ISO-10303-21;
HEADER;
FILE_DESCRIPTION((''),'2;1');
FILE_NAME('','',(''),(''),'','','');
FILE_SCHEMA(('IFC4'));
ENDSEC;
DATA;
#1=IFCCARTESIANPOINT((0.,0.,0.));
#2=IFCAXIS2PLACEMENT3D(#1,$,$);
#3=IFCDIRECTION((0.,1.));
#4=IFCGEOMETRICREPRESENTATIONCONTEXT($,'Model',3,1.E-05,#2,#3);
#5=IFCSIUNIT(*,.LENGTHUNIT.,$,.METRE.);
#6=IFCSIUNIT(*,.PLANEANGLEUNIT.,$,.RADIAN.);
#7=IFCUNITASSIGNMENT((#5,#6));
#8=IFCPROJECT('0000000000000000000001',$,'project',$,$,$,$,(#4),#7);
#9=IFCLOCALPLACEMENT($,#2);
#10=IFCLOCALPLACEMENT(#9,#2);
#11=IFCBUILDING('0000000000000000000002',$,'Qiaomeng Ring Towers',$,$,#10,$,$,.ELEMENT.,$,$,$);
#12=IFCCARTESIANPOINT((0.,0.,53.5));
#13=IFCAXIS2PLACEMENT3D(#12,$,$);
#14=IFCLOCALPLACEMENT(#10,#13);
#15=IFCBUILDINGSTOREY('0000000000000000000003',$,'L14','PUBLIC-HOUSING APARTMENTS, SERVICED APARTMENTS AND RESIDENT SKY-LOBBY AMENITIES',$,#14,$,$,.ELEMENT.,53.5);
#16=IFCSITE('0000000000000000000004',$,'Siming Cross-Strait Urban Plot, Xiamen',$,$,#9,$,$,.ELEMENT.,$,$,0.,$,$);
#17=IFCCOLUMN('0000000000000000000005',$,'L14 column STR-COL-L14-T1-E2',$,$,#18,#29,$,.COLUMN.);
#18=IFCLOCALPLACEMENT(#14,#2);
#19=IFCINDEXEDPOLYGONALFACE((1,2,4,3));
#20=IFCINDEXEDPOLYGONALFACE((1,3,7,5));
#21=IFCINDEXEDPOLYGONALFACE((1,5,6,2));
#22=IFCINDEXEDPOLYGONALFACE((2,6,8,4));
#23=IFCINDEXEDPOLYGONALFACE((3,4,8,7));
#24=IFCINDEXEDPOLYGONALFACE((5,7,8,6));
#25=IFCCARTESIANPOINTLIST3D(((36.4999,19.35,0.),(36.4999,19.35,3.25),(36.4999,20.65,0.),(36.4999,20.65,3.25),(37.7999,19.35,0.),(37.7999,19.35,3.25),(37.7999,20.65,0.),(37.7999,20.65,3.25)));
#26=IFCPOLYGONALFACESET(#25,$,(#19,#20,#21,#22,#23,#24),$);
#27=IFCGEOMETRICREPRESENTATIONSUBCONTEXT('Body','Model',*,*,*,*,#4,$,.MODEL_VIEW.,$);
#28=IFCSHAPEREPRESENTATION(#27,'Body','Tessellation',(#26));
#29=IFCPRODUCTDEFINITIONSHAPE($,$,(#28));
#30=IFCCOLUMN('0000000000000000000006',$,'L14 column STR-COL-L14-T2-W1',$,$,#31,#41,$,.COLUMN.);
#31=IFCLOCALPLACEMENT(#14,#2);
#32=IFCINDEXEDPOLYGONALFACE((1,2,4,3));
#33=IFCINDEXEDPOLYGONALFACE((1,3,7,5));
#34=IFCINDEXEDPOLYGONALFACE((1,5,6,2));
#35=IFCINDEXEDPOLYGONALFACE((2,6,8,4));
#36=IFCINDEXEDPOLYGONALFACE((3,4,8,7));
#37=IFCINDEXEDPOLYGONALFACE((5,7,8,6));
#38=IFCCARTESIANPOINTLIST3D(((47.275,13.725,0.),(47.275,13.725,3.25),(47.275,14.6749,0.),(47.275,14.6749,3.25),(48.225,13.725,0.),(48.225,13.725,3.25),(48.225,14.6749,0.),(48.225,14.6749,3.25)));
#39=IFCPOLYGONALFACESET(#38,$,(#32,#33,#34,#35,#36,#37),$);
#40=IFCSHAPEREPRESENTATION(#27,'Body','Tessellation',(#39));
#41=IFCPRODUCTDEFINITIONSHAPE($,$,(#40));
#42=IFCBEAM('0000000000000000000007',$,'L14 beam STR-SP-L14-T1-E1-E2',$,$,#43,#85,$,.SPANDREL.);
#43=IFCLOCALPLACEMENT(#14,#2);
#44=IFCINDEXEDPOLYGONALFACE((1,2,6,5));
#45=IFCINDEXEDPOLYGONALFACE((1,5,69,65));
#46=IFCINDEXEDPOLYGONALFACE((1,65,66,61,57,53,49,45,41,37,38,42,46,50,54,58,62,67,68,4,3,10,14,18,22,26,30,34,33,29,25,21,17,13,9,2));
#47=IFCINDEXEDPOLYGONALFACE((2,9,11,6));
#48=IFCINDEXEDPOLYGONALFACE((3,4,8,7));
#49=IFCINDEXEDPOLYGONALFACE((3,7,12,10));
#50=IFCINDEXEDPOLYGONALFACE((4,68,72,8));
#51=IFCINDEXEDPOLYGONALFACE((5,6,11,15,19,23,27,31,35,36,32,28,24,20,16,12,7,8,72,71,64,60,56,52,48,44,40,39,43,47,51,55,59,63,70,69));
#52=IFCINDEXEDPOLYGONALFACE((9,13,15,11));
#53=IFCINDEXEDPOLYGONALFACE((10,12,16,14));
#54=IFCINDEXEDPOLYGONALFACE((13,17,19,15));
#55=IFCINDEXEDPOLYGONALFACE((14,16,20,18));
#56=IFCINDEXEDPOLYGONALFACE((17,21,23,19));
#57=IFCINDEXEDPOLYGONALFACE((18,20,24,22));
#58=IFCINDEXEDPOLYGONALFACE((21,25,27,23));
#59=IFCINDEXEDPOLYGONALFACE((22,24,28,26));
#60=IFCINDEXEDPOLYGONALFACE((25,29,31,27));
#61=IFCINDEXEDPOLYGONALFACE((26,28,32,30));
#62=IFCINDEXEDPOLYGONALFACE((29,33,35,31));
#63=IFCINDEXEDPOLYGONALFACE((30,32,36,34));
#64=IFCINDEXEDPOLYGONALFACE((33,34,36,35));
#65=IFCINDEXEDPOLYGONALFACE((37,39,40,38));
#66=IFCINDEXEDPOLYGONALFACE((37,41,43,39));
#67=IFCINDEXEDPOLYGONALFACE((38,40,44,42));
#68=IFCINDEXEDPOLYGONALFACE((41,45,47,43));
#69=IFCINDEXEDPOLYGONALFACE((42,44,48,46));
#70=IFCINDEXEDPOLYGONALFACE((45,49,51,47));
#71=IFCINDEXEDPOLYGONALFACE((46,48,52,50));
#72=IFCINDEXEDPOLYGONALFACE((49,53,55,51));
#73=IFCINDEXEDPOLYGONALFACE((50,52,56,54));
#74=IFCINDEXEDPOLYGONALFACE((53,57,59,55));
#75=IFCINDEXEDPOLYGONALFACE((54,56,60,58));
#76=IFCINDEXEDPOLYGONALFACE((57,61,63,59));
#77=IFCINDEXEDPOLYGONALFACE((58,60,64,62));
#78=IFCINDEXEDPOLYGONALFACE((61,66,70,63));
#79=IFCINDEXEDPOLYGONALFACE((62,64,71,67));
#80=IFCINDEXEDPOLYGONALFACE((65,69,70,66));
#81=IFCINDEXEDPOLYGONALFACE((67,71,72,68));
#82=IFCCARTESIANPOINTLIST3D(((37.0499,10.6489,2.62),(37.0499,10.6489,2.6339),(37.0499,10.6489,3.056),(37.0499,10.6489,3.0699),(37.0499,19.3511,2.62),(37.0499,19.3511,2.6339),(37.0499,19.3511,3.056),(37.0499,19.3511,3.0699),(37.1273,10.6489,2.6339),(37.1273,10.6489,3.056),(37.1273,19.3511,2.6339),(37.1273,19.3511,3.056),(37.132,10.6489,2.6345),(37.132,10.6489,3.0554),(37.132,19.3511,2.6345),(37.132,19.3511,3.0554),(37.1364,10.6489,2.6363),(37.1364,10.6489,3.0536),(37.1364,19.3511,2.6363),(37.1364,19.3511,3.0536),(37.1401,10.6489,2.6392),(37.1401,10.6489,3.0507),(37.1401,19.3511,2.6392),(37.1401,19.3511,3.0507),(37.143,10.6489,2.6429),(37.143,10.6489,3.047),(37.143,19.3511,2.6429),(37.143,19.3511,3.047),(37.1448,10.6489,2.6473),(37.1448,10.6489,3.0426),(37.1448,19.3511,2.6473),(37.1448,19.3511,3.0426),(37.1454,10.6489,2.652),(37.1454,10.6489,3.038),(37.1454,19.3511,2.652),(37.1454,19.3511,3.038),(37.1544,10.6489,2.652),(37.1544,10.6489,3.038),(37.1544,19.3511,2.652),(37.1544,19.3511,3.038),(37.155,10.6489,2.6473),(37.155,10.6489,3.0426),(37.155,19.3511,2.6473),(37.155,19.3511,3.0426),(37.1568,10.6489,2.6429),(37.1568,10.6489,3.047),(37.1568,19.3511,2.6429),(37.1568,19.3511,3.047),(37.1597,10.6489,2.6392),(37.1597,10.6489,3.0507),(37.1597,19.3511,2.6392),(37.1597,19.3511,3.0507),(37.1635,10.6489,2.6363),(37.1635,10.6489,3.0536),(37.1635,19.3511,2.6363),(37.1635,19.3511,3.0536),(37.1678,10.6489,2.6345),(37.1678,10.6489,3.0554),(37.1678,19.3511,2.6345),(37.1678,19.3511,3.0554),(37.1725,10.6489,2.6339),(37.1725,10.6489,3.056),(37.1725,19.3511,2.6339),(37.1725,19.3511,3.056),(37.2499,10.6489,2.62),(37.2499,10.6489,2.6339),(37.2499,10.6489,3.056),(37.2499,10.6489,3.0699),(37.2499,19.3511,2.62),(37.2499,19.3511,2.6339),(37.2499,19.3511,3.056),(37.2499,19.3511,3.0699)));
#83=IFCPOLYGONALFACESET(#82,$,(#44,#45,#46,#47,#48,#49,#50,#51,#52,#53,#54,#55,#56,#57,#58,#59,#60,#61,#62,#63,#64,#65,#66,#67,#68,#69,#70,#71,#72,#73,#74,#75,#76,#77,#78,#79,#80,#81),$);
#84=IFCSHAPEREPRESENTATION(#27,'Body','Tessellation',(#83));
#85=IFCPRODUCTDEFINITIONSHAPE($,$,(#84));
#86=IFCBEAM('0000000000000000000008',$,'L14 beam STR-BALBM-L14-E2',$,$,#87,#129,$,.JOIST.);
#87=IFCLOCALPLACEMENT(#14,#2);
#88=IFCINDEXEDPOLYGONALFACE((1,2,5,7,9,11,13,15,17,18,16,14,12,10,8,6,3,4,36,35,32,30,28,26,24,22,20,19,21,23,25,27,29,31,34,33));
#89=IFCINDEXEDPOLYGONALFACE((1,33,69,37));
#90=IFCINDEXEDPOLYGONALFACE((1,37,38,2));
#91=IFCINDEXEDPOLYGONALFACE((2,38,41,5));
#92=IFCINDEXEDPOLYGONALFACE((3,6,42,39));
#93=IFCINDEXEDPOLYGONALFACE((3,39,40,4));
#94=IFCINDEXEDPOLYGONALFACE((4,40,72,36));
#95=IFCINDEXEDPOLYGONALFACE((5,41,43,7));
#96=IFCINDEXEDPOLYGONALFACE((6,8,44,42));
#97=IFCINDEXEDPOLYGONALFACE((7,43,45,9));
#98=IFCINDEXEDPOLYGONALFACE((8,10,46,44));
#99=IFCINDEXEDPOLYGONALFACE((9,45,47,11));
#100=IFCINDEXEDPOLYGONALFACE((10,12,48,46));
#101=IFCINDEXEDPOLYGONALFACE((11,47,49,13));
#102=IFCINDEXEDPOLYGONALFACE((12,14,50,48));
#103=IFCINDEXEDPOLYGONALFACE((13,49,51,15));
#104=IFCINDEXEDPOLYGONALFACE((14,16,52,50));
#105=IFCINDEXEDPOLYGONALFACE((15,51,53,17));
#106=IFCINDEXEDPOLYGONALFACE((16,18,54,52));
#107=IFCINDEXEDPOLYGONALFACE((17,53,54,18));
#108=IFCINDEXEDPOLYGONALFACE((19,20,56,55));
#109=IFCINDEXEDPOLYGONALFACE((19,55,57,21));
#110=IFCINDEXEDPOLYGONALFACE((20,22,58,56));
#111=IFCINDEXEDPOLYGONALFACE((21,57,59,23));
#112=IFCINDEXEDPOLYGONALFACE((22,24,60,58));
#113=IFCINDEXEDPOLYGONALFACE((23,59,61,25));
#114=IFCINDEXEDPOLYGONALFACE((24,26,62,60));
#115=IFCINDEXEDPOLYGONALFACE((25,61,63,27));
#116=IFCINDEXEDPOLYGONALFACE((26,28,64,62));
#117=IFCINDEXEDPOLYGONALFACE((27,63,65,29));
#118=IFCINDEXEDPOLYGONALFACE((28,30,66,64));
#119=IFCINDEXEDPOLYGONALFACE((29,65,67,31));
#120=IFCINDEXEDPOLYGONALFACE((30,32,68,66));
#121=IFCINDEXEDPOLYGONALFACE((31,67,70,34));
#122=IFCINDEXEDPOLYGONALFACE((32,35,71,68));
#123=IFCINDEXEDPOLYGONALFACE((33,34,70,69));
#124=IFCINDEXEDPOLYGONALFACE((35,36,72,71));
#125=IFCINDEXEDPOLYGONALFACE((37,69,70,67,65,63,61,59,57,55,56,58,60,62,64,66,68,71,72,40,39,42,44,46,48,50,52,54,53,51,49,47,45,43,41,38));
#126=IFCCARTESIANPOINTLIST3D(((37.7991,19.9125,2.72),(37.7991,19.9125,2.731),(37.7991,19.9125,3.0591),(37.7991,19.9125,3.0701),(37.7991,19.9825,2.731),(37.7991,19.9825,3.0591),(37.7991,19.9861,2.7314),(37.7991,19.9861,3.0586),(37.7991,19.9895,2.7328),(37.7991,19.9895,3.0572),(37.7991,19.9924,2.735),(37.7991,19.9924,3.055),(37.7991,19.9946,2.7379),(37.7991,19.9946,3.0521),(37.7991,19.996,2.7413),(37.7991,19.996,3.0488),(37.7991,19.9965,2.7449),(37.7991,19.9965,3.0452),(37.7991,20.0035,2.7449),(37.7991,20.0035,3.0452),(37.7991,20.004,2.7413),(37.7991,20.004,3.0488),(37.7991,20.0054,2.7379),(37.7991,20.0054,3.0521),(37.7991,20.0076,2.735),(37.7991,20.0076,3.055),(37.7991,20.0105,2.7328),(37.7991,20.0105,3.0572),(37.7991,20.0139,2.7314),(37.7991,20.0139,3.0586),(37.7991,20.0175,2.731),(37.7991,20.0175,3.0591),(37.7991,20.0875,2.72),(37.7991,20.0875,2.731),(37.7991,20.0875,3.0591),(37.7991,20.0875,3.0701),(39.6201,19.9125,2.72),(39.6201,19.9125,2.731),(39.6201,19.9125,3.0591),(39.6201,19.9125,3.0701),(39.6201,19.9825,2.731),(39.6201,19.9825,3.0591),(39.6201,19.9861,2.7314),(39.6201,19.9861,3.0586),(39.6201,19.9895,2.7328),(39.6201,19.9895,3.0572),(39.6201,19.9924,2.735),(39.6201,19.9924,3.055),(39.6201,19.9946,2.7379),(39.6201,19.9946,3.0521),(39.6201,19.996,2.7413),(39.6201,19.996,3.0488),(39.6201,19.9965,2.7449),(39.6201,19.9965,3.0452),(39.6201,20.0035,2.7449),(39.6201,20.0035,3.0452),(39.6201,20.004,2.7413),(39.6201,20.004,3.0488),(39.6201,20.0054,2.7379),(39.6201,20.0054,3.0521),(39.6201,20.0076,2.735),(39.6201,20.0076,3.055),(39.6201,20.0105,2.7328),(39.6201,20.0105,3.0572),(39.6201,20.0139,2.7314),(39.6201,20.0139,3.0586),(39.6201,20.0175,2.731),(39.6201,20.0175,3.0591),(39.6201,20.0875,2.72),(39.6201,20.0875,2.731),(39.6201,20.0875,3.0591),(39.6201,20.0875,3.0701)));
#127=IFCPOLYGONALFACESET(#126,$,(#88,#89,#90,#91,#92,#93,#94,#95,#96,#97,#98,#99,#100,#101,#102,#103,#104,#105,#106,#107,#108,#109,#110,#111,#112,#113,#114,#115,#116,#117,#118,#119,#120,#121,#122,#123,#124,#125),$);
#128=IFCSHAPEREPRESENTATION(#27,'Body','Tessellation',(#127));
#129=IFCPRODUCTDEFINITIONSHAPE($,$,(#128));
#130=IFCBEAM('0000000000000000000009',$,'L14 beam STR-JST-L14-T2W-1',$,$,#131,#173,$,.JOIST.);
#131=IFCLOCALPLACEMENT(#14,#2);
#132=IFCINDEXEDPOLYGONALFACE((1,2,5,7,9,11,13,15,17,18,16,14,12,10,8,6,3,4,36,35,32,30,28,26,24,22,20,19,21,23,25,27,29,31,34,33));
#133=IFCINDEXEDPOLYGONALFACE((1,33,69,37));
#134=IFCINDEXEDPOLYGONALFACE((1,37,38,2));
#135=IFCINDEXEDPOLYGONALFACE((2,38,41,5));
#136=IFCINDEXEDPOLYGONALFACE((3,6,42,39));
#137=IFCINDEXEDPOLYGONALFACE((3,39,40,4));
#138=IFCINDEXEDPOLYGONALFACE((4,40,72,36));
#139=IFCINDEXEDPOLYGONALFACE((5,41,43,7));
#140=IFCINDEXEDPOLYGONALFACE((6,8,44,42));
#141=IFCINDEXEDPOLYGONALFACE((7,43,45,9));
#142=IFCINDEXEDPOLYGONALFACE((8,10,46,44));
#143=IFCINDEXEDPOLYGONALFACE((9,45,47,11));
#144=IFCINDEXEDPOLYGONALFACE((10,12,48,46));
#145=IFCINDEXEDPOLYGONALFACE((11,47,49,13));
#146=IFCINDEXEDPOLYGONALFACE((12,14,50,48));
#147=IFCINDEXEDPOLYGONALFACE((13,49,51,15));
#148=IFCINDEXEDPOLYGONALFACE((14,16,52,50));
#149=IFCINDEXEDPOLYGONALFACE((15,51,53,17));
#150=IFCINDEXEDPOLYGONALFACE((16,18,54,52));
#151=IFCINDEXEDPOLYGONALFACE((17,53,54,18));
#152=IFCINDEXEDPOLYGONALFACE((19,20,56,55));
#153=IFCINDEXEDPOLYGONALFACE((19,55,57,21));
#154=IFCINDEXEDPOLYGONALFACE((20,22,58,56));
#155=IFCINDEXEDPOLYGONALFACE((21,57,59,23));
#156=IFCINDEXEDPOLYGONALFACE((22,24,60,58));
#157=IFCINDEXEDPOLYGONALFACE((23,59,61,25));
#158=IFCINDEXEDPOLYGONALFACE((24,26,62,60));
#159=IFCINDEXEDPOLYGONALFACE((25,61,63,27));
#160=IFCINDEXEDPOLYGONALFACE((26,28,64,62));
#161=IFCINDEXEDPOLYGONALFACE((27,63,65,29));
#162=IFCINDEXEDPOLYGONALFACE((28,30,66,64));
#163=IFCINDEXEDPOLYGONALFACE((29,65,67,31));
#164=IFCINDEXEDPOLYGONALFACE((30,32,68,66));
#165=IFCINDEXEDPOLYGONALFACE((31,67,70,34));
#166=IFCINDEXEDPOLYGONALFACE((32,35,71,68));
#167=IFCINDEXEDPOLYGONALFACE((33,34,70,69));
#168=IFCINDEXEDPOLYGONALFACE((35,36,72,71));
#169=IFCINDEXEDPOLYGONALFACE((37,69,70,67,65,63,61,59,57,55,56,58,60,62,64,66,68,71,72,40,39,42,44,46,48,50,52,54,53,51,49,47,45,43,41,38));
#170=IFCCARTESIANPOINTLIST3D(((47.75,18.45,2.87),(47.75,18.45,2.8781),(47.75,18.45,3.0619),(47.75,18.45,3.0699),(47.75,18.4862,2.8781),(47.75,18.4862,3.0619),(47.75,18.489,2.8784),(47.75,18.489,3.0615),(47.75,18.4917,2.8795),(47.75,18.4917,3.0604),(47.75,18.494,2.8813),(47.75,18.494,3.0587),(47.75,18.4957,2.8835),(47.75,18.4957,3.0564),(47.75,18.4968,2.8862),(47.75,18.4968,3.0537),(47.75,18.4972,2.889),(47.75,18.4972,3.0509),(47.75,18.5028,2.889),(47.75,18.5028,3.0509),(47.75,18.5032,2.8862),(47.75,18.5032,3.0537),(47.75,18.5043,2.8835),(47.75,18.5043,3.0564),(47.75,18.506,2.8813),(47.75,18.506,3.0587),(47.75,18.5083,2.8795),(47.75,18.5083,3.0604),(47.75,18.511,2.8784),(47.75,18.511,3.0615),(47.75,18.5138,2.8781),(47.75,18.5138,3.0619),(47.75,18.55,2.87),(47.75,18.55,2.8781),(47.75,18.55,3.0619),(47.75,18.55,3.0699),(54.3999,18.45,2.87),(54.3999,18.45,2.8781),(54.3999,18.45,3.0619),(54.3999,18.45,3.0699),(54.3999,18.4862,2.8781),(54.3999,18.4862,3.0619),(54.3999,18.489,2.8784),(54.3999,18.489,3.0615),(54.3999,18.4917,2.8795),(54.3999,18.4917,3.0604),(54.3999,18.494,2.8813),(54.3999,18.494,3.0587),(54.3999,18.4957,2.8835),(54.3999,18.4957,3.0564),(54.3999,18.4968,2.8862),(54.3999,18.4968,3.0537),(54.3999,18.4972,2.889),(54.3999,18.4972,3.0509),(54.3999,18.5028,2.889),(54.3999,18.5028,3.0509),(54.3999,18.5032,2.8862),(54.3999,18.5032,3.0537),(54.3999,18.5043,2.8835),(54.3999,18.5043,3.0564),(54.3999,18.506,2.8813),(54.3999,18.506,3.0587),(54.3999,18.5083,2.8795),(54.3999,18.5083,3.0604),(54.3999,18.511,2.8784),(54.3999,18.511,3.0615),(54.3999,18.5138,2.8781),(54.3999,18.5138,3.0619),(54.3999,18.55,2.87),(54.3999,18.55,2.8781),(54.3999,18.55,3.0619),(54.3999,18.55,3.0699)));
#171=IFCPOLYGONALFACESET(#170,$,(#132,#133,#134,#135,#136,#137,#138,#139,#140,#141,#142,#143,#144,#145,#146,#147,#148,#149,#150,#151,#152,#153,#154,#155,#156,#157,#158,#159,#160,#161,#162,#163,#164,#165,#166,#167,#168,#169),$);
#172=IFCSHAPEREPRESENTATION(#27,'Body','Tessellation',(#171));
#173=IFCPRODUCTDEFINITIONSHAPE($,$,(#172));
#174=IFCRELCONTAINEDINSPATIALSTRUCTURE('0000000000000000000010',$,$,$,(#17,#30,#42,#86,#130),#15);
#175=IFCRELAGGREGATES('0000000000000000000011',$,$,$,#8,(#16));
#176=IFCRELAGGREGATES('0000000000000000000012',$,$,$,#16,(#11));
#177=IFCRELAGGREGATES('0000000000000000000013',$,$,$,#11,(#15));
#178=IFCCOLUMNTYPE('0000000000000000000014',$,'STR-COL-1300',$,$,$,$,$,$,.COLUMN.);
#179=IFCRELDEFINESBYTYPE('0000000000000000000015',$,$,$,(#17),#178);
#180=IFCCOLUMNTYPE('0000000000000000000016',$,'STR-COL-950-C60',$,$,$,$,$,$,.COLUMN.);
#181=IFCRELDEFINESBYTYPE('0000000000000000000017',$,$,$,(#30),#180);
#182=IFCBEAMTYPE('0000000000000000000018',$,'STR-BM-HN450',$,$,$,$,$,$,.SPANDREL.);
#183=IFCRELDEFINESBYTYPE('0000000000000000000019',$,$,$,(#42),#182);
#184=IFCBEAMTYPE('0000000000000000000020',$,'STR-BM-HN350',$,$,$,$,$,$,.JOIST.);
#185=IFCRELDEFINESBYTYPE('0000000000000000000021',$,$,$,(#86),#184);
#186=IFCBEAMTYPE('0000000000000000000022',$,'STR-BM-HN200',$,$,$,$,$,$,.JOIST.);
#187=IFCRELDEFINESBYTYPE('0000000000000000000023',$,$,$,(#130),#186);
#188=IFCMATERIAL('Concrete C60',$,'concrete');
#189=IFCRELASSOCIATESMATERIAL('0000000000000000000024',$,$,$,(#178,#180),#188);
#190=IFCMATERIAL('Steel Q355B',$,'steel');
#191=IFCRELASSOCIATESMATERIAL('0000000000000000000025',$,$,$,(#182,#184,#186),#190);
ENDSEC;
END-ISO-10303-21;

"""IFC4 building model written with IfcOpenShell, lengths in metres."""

from ifc_helpers import new_model, si_unit, direction, frame, origin, origin_2d, place, context, subcontext, project, spatial, rectangle, i_section, extrude, source, transform, mapped, material, material_profile, profile_set, type_object, element, save


model = new_model("IFC4")

# Units and contexts
model_context = context("Model", 3, precision=1e-05, world=origin(), true_north=direction((0.0, 1.0)))
body_context = subcontext(model_context, "Body", "Model", "MODEL_VIEW")
ifc_project = project(units=[si_unit("LENGTHUNIT", "METRE"), si_unit("PLANEANGLEUNIT", "RADIAN")], contexts=[model_context])

# Site, building, storey
site_placement = place(None, origin())
site = spatial("IfcSite", under=ifc_project, at=site_placement, Name="Siming Cross-Strait Urban Plot, Xiamen", CompositionType="ELEMENT", RefElevation=0.0)
building_placement = place(site_placement, origin())
building = spatial("IfcBuilding", under=site, at=building_placement, Name="Qiaomeng Ring Towers", CompositionType="ELEMENT")
storey_placement = place(building_placement, frame((0.0, 0.0, 53.5)))
storey = spatial("IfcBuildingStorey", under=building, at=storey_placement, Name="L14", Description="PUBLIC-HOUSING APARTMENTS, SERVICED APARTMENTS AND RESIDENT SKY-LOBBY AMENITIES", CompositionType="ELEMENT", Elevation=53.5)

# Columns
ifc_material_1 = material(Name="Concrete C60", Category="concrete")
ifc_material_profile_1 = material_profile(ifc_material_1, rectangle(XDim=1.3, YDim=1.3, at=origin_2d()), Name="RC COL 1300x1300")
ifc_profile_set_1 = profile_set([ifc_material_profile_1], Name="Concrete C60")
column_type_1 = type_object("IfcColumnType", Name="STR-COL-1300", PredefinedType="COLUMN", material=ifc_profile_set_1)
shared_shape_1 = source(origin(), body_context, "Body", "SweptSolid", [
    extrude(rectangle(XDim=1.3, YDim=1.3, at=origin_2d()), origin(), (0.0, 0.0, 1.0), 3.25),
])
column_1_placement = place(storey_placement, frame((37.1499, 20.0, 0.0), z_axis=(0.0, 0.0, 1.0), x_axis=(1.0, 0.0, 0.0)))
element("IfcColumn", 1, at=column_1_placement, inside=storey, type_object=column_type_1, Name="L14 column STR-COL-L14-T1-E2", PredefinedType="COLUMN", context=body_context, shape_type="MappedRepresentation", body=[
    mapped(shared_shape_1, transform((0.0, 0.0, 0.0), x_axis=(1.0, 0.0, 0.0), y_axis=(0.0, 1.0, 0.0), z_axis=(0.0, 0.0, 1.0), scale=1.0)),
])
ifc_material_profile_2 = material_profile(ifc_material_1, rectangle(XDim=0.95, YDim=0.95, at=origin_2d()), Name="RC COL 950x950")
ifc_profile_set_2 = profile_set([ifc_material_profile_2], Name="Concrete C60")
column_type_2 = type_object("IfcColumnType", Name="STR-COL-950-C60", PredefinedType="COLUMN", material=ifc_profile_set_2)
shared_shape_2 = source(origin(), body_context, "Body", "SweptSolid", [
    extrude(rectangle(XDim=0.95, YDim=0.95, at=origin_2d()), origin(), (0.0, 0.0, 1.0), 3.25),
])
column_2_placement = place(storey_placement, frame((47.75, 14.2, 0.0), z_axis=(0.0, 0.0, 1.0), x_axis=(1.0, 0.0, 0.0)))
element("IfcColumn", 2, at=column_2_placement, inside=storey, type_object=column_type_2, Name="L14 column STR-COL-L14-T2-W1", PredefinedType="COLUMN", context=body_context, shape_type="MappedRepresentation", body=[
    mapped(shared_shape_2, transform((0.0, 0.0, 0.0), x_axis=(1.0, 0.0, 0.0), y_axis=(0.0, 1.0, 0.0), z_axis=(0.0, 0.0, 1.0), scale=1.0)),
])

# Beams
ifc_material_2 = material(Name="Steel Q355B", Category="steel")
ifc_material_profile_3 = material_profile(ifc_material_2, i_section(OverallWidth=0.2, OverallDepth=0.45, WebThickness=0.009, FlangeThickness=0.0139, FilletRadius=0.0181, at=origin_2d()), Name="HN 450x200x9x14")
ifc_profile_set_3 = profile_set([ifc_material_profile_3], Name="Steel Q355B")
beam_type_1 = type_object("IfcBeamType", Name="STR-BM-HN450", PredefinedType="SPANDREL", material=ifc_profile_set_3)
shared_shape_3 = source(origin(), body_context, "Body", "SweptSolid", [
    extrude(i_section(OverallWidth=0.2, OverallDepth=0.45, WebThickness=0.009, FlangeThickness=0.0139, FilletRadius=0.0181, at=origin_2d()), origin(), (0.0, 0.0, 1.0), 8.7021),
])
beam_1_placement = place(storey_placement, frame((37.1499, 10.6489, 2.845), z_axis=(0.0, 1.0, 0.0), x_axis=(-1.0, 0.0, 0.0)))
element("IfcBeam", 3, at=beam_1_placement, inside=storey, type_object=beam_type_1, Name="L14 beam STR-SP-L14-T1-E1-E2", PredefinedType="SPANDREL", context=body_context, shape_type="MappedRepresentation", body=[
    mapped(shared_shape_3, transform((0.0, 0.0, 0.0), x_axis=(1.0, 0.0, 0.0), y_axis=(0.0, 1.0, 0.0), z_axis=(0.0, 0.0, 1.0), scale=1.0)),
])
ifc_material_profile_4 = material_profile(ifc_material_2, i_section(OverallWidth=0.175, OverallDepth=0.3501, WebThickness=0.0071, FlangeThickness=0.011, FilletRadius=0.0139, at=origin_2d()), Name="HN 350x175x7x11")
ifc_profile_set_4 = profile_set([ifc_material_profile_4], Name="Steel Q355B")
beam_type_2 = type_object("IfcBeamType", Name="STR-BM-HN350", PredefinedType="JOIST", material=ifc_profile_set_4)
shared_shape_4 = source(origin(), body_context, "Body", "SweptSolid", [
    extrude(i_section(OverallWidth=0.175, OverallDepth=0.3501, WebThickness=0.0071, FlangeThickness=0.011, FilletRadius=0.0139, at=origin_2d()), origin(), (0.0, 0.0, 1.0), 1.821),
])
beam_2_placement = place(storey_placement, frame((37.7991, 20.0, 2.895), z_axis=(1.0, 0.0, 0.0), x_axis=(0.0, 1.0, 0.0)))
element("IfcBeam", 4, at=beam_2_placement, inside=storey, type_object=beam_type_2, Name="L14 beam STR-BALBM-L14-E2", PredefinedType="JOIST", context=body_context, shape_type="MappedRepresentation", body=[
    mapped(shared_shape_4, transform((0.0, 0.0, 0.0), x_axis=(1.0, 0.0, 0.0), y_axis=(0.0, 1.0, 0.0), z_axis=(0.0, 0.0, 1.0), scale=1.0)),
])
ifc_material_profile_5 = material_profile(ifc_material_2, i_section(OverallWidth=0.1001, OverallDepth=0.2, WebThickness=0.0056, FlangeThickness=0.0081, FilletRadius=0.011, at=origin_2d()), Name="HN 200x100x5.5x8")
ifc_profile_set_5 = profile_set([ifc_material_profile_5], Name="Steel Q355B")
beam_type_3 = type_object("IfcBeamType", Name="STR-BM-HN200", PredefinedType="JOIST", material=ifc_profile_set_5)
shared_shape_5 = source(origin(), body_context, "Body", "SweptSolid", [
    extrude(i_section(OverallWidth=0.1001, OverallDepth=0.2, WebThickness=0.0056, FlangeThickness=0.0081, FilletRadius=0.011, at=origin_2d()), origin(), (0.0, 0.0, 1.0), 6.6499),
])
beam_3_placement = place(storey_placement, frame((47.75, 18.5, 2.97), z_axis=(1.0, 0.0, 0.0), x_axis=(0.0, 1.0, 0.0)))
element("IfcBeam", 5, at=beam_3_placement, inside=storey, type_object=beam_type_3, Name="L14 beam STR-JST-L14-T2W-1", PredefinedType="JOIST", context=body_context, shape_type="MappedRepresentation", body=[
    mapped(shared_shape_5, transform((0.0, 0.0, 0.0), x_axis=(1.0, 0.0, 0.0), y_axis=(0.0, 1.0, 0.0), z_axis=(0.0, 0.0, 1.0), scale=1.0)),
])

save(model, "model.ifc")
